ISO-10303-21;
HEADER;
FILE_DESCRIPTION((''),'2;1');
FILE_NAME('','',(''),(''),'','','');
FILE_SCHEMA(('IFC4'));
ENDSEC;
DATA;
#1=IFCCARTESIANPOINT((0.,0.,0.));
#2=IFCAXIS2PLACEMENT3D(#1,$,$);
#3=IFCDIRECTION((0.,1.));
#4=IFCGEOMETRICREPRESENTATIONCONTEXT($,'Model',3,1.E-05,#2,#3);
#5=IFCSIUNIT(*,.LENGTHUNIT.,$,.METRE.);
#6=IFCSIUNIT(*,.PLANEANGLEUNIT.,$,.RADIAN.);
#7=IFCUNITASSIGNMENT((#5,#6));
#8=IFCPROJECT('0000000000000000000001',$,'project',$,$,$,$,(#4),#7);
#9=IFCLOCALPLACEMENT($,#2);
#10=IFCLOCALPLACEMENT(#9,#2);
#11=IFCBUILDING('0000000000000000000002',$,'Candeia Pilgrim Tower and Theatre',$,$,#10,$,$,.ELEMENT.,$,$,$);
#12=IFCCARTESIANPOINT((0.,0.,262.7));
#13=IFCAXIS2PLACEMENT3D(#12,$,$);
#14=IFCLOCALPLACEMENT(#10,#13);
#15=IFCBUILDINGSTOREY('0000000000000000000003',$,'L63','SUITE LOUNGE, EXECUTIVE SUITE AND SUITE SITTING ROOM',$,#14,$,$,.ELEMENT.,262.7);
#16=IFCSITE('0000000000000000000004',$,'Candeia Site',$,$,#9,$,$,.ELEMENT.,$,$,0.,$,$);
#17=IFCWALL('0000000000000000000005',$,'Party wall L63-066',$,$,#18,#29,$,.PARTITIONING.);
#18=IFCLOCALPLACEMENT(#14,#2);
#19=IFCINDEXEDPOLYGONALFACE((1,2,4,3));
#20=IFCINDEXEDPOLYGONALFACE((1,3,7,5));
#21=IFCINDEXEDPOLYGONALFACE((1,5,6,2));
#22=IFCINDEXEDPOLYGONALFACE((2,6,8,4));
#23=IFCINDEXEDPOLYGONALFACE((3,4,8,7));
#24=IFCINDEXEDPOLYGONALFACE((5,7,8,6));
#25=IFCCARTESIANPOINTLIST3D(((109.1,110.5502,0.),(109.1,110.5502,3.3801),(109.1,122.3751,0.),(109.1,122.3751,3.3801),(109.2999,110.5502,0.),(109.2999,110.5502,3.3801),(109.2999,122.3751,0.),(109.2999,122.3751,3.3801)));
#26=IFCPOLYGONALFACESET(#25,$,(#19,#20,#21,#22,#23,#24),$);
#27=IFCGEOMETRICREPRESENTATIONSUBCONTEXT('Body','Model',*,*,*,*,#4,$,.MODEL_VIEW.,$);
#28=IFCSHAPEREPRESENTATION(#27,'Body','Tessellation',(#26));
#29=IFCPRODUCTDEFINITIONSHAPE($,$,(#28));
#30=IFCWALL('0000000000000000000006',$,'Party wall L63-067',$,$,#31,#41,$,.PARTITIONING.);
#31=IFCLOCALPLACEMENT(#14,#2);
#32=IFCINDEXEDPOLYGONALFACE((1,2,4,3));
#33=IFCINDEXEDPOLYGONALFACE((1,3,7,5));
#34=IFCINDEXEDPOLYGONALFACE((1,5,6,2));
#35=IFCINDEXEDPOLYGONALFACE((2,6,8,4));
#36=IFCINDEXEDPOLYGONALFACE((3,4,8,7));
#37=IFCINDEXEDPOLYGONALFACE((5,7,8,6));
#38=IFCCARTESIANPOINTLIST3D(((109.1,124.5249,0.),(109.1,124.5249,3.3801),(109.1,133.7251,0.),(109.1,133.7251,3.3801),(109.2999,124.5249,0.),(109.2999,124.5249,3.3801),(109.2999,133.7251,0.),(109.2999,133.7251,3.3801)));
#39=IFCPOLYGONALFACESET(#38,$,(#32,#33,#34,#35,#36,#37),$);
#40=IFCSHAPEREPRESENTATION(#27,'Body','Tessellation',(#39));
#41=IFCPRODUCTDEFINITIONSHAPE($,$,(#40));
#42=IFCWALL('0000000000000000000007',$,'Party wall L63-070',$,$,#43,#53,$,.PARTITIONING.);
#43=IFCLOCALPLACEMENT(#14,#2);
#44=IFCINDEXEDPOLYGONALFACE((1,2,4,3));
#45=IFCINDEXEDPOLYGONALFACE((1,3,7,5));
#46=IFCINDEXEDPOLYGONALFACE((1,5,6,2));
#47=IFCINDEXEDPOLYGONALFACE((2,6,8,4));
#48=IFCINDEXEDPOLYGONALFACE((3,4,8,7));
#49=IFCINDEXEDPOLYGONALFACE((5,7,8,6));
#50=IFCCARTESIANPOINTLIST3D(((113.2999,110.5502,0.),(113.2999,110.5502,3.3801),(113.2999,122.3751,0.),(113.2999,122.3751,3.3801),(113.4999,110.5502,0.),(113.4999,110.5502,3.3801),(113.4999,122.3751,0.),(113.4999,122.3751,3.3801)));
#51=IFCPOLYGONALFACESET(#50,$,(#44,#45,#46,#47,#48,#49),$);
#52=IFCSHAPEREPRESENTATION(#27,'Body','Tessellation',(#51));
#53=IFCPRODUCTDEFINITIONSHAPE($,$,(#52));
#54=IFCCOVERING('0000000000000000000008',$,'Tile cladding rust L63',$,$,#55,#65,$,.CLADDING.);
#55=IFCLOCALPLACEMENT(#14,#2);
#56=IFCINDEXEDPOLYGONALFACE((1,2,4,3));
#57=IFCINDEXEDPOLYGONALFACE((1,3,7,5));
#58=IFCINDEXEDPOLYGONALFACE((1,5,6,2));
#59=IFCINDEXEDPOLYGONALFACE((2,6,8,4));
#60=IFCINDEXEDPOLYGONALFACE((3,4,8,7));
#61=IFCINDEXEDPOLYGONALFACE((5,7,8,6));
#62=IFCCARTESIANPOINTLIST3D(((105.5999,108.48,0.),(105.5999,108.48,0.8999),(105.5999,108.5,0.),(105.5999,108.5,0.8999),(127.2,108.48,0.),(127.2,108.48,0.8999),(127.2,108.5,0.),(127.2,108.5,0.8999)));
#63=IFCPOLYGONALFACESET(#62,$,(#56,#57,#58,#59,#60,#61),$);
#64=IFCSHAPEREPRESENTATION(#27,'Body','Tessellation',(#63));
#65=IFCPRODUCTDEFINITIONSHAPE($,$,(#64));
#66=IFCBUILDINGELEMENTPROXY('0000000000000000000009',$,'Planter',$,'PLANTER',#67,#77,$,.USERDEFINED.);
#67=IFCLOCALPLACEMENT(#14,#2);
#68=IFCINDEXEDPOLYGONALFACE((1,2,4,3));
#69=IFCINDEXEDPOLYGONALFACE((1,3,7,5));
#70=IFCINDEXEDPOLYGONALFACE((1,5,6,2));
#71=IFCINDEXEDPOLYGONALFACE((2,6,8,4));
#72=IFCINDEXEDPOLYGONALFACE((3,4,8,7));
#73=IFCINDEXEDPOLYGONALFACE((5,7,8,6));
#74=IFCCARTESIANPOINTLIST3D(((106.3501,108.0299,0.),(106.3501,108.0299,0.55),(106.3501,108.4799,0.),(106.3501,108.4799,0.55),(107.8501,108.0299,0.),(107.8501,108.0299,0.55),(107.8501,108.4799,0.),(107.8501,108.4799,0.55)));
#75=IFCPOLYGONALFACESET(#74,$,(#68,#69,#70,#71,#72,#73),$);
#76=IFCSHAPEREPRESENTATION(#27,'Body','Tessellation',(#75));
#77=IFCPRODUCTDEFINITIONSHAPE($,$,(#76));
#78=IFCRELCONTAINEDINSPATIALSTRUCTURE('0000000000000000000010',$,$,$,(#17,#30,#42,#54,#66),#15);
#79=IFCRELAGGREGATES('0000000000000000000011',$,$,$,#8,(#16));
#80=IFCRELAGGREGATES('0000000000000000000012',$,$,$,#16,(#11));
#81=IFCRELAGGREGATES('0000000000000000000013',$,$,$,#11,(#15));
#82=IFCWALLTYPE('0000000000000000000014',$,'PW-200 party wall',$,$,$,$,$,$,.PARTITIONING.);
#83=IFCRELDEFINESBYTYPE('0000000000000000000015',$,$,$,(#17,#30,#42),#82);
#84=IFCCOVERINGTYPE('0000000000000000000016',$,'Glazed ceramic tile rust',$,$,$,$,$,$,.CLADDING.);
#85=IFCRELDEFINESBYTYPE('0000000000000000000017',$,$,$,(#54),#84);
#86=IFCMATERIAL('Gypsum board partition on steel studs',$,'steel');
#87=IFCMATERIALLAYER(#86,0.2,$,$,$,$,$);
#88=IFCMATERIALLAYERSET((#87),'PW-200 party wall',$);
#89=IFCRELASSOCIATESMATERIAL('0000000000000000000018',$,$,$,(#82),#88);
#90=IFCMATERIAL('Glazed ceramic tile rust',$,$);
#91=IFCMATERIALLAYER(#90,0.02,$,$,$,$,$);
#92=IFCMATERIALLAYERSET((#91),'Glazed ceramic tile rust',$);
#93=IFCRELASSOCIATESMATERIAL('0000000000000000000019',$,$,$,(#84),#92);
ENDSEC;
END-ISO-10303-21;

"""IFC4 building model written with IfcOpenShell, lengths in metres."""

from ifc_helpers import new_model, si_unit, direction, frame, frame_2d, origin, origin_2d, place, context, subcontext, project, spatial, rectangle, extrude, material, layer, layer_set, type_object, element, save


model = new_model("IFC4")

# Units and contexts
model_context = context("Model", 3, precision=1e-05, world=origin(), true_north=direction((0.0, 1.0)))
body_context = subcontext(model_context, "Body", "Model", "MODEL_VIEW")
ifc_project = project(units=[si_unit("LENGTHUNIT", "METRE"), si_unit("PLANEANGLEUNIT", "RADIAN")], contexts=[model_context])

# Site, building, storey
site_placement = place(None, origin())
site = spatial("IfcSite", under=ifc_project, at=site_placement, Name="Candeia Site", CompositionType="ELEMENT", RefElevation=0.0)
building_placement = place(site_placement, origin())
building = spatial("IfcBuilding", under=site, at=building_placement, Name="Candeia Pilgrim Tower and Theatre", CompositionType="ELEMENT")
storey_placement = place(building_placement, frame((0.0, 0.0, 262.7)))
storey = spatial("IfcBuildingStorey", under=building, at=storey_placement, Name="L63", Description="SUITE LOUNGE, EXECUTIVE SUITE AND SUITE SITTING ROOM", CompositionType="ELEMENT", Elevation=262.7)

# Shared definitions
ifc_material_1 = material(Name="Gypsum board partition on steel studs", Category="steel")

# Walls
ifc_layer_1 = layer(ifc_material_1, 0.2)
ifc_layer_set_1 = layer_set([ifc_layer_1], Name="PW-200 party wall")
wall_type_1 = type_object("IfcWallType", Name="PW-200 party wall", PredefinedType="PARTITIONING", material=ifc_layer_set_1)
wall_1_placement = place(storey_placement, frame((109.2, 110.55, 0.0), z_axis=(0.0, 0.0, 1.0), x_axis=(0.0, 1.0, 0.0)))
element("IfcWall", 1, at=wall_1_placement, inside=storey, type_object=wall_type_1, Name="Party wall L63-066", PredefinedType="PARTITIONING", context=body_context, shape_type="SweptSolid", body=[
    extrude(rectangle(XDim=11.825, YDim=0.2, at=frame_2d((5.9126, 0.0))), origin(), (0.0, 0.0, 1.0), 3.3801),
])
wall_2_placement = place(storey_placement, frame((109.2, 124.5249, 0.0), z_axis=(0.0, 0.0, 1.0), x_axis=(0.0, 1.0, 0.0)))
element("IfcWall", 2, at=wall_2_placement, inside=storey, type_object=wall_type_1, Name="Party wall L63-067", PredefinedType="PARTITIONING", context=body_context, shape_type="SweptSolid", body=[
    extrude(rectangle(XDim=9.2002, YDim=0.2, at=frame_2d((4.6001, 0.0))), origin(), (0.0, 0.0, 1.0), 3.3801),
])
wall_3_placement = place(storey_placement, frame((113.3999, 110.55, 0.0), z_axis=(0.0, 0.0, 1.0), x_axis=(0.0, 1.0, 0.0)))
element("IfcWall", 3, at=wall_3_placement, inside=storey, type_object=wall_type_1, Name="Party wall L63-070", PredefinedType="PARTITIONING", context=body_context, shape_type="SweptSolid", body=[
    extrude(rectangle(XDim=11.825, YDim=0.2, at=frame_2d((5.9126, 0.0))), origin(), (0.0, 0.0, 1.0), 3.3801),
])

# Covering
ifc_material_2 = material(Name="Glazed ceramic tile rust")
ifc_layer_2 = layer(ifc_material_2, 0.02)
ifc_layer_set_2 = layer_set([ifc_layer_2], Name="Glazed ceramic tile rust")
covering_type = type_object("IfcCoveringType", Name="Glazed ceramic tile rust", PredefinedType="CLADDING", material=ifc_layer_set_2)
covering_placement = place(storey_placement, frame((116.3999, 108.49, 0.0), z_axis=(0.0, 0.0, 1.0), x_axis=(1.0, 0.0, 0.0)))
element("IfcCovering", 4, at=covering_placement, inside=storey, type_object=covering_type, Name="Tile cladding rust L63", PredefinedType="CLADDING", context=body_context, shape_type="SweptSolid", body=[
    extrude(rectangle(XDim=21.6001, YDim=0.02, at=origin_2d()), origin(), (0.0, 0.0, 1.0), 0.8999),
])

# Building element proxy
proxy_placement = place(storey_placement, frame((107.1001, 108.2549, 0.0), z_axis=(0.0, 0.0, 1.0), x_axis=(1.0, 0.0, 0.0)))
element("IfcBuildingElementProxy", 5, at=proxy_placement, inside=storey, Name="Planter", ObjectType="PLANTER", PredefinedType="USERDEFINED", context=body_context, shape_type="SweptSolid", body=[
    extrude(rectangle(XDim=1.5, YDim=0.45, at=origin_2d()), origin(), (0.0, 0.0, 1.0), 0.55),
])

save(model, "model.ifc")
